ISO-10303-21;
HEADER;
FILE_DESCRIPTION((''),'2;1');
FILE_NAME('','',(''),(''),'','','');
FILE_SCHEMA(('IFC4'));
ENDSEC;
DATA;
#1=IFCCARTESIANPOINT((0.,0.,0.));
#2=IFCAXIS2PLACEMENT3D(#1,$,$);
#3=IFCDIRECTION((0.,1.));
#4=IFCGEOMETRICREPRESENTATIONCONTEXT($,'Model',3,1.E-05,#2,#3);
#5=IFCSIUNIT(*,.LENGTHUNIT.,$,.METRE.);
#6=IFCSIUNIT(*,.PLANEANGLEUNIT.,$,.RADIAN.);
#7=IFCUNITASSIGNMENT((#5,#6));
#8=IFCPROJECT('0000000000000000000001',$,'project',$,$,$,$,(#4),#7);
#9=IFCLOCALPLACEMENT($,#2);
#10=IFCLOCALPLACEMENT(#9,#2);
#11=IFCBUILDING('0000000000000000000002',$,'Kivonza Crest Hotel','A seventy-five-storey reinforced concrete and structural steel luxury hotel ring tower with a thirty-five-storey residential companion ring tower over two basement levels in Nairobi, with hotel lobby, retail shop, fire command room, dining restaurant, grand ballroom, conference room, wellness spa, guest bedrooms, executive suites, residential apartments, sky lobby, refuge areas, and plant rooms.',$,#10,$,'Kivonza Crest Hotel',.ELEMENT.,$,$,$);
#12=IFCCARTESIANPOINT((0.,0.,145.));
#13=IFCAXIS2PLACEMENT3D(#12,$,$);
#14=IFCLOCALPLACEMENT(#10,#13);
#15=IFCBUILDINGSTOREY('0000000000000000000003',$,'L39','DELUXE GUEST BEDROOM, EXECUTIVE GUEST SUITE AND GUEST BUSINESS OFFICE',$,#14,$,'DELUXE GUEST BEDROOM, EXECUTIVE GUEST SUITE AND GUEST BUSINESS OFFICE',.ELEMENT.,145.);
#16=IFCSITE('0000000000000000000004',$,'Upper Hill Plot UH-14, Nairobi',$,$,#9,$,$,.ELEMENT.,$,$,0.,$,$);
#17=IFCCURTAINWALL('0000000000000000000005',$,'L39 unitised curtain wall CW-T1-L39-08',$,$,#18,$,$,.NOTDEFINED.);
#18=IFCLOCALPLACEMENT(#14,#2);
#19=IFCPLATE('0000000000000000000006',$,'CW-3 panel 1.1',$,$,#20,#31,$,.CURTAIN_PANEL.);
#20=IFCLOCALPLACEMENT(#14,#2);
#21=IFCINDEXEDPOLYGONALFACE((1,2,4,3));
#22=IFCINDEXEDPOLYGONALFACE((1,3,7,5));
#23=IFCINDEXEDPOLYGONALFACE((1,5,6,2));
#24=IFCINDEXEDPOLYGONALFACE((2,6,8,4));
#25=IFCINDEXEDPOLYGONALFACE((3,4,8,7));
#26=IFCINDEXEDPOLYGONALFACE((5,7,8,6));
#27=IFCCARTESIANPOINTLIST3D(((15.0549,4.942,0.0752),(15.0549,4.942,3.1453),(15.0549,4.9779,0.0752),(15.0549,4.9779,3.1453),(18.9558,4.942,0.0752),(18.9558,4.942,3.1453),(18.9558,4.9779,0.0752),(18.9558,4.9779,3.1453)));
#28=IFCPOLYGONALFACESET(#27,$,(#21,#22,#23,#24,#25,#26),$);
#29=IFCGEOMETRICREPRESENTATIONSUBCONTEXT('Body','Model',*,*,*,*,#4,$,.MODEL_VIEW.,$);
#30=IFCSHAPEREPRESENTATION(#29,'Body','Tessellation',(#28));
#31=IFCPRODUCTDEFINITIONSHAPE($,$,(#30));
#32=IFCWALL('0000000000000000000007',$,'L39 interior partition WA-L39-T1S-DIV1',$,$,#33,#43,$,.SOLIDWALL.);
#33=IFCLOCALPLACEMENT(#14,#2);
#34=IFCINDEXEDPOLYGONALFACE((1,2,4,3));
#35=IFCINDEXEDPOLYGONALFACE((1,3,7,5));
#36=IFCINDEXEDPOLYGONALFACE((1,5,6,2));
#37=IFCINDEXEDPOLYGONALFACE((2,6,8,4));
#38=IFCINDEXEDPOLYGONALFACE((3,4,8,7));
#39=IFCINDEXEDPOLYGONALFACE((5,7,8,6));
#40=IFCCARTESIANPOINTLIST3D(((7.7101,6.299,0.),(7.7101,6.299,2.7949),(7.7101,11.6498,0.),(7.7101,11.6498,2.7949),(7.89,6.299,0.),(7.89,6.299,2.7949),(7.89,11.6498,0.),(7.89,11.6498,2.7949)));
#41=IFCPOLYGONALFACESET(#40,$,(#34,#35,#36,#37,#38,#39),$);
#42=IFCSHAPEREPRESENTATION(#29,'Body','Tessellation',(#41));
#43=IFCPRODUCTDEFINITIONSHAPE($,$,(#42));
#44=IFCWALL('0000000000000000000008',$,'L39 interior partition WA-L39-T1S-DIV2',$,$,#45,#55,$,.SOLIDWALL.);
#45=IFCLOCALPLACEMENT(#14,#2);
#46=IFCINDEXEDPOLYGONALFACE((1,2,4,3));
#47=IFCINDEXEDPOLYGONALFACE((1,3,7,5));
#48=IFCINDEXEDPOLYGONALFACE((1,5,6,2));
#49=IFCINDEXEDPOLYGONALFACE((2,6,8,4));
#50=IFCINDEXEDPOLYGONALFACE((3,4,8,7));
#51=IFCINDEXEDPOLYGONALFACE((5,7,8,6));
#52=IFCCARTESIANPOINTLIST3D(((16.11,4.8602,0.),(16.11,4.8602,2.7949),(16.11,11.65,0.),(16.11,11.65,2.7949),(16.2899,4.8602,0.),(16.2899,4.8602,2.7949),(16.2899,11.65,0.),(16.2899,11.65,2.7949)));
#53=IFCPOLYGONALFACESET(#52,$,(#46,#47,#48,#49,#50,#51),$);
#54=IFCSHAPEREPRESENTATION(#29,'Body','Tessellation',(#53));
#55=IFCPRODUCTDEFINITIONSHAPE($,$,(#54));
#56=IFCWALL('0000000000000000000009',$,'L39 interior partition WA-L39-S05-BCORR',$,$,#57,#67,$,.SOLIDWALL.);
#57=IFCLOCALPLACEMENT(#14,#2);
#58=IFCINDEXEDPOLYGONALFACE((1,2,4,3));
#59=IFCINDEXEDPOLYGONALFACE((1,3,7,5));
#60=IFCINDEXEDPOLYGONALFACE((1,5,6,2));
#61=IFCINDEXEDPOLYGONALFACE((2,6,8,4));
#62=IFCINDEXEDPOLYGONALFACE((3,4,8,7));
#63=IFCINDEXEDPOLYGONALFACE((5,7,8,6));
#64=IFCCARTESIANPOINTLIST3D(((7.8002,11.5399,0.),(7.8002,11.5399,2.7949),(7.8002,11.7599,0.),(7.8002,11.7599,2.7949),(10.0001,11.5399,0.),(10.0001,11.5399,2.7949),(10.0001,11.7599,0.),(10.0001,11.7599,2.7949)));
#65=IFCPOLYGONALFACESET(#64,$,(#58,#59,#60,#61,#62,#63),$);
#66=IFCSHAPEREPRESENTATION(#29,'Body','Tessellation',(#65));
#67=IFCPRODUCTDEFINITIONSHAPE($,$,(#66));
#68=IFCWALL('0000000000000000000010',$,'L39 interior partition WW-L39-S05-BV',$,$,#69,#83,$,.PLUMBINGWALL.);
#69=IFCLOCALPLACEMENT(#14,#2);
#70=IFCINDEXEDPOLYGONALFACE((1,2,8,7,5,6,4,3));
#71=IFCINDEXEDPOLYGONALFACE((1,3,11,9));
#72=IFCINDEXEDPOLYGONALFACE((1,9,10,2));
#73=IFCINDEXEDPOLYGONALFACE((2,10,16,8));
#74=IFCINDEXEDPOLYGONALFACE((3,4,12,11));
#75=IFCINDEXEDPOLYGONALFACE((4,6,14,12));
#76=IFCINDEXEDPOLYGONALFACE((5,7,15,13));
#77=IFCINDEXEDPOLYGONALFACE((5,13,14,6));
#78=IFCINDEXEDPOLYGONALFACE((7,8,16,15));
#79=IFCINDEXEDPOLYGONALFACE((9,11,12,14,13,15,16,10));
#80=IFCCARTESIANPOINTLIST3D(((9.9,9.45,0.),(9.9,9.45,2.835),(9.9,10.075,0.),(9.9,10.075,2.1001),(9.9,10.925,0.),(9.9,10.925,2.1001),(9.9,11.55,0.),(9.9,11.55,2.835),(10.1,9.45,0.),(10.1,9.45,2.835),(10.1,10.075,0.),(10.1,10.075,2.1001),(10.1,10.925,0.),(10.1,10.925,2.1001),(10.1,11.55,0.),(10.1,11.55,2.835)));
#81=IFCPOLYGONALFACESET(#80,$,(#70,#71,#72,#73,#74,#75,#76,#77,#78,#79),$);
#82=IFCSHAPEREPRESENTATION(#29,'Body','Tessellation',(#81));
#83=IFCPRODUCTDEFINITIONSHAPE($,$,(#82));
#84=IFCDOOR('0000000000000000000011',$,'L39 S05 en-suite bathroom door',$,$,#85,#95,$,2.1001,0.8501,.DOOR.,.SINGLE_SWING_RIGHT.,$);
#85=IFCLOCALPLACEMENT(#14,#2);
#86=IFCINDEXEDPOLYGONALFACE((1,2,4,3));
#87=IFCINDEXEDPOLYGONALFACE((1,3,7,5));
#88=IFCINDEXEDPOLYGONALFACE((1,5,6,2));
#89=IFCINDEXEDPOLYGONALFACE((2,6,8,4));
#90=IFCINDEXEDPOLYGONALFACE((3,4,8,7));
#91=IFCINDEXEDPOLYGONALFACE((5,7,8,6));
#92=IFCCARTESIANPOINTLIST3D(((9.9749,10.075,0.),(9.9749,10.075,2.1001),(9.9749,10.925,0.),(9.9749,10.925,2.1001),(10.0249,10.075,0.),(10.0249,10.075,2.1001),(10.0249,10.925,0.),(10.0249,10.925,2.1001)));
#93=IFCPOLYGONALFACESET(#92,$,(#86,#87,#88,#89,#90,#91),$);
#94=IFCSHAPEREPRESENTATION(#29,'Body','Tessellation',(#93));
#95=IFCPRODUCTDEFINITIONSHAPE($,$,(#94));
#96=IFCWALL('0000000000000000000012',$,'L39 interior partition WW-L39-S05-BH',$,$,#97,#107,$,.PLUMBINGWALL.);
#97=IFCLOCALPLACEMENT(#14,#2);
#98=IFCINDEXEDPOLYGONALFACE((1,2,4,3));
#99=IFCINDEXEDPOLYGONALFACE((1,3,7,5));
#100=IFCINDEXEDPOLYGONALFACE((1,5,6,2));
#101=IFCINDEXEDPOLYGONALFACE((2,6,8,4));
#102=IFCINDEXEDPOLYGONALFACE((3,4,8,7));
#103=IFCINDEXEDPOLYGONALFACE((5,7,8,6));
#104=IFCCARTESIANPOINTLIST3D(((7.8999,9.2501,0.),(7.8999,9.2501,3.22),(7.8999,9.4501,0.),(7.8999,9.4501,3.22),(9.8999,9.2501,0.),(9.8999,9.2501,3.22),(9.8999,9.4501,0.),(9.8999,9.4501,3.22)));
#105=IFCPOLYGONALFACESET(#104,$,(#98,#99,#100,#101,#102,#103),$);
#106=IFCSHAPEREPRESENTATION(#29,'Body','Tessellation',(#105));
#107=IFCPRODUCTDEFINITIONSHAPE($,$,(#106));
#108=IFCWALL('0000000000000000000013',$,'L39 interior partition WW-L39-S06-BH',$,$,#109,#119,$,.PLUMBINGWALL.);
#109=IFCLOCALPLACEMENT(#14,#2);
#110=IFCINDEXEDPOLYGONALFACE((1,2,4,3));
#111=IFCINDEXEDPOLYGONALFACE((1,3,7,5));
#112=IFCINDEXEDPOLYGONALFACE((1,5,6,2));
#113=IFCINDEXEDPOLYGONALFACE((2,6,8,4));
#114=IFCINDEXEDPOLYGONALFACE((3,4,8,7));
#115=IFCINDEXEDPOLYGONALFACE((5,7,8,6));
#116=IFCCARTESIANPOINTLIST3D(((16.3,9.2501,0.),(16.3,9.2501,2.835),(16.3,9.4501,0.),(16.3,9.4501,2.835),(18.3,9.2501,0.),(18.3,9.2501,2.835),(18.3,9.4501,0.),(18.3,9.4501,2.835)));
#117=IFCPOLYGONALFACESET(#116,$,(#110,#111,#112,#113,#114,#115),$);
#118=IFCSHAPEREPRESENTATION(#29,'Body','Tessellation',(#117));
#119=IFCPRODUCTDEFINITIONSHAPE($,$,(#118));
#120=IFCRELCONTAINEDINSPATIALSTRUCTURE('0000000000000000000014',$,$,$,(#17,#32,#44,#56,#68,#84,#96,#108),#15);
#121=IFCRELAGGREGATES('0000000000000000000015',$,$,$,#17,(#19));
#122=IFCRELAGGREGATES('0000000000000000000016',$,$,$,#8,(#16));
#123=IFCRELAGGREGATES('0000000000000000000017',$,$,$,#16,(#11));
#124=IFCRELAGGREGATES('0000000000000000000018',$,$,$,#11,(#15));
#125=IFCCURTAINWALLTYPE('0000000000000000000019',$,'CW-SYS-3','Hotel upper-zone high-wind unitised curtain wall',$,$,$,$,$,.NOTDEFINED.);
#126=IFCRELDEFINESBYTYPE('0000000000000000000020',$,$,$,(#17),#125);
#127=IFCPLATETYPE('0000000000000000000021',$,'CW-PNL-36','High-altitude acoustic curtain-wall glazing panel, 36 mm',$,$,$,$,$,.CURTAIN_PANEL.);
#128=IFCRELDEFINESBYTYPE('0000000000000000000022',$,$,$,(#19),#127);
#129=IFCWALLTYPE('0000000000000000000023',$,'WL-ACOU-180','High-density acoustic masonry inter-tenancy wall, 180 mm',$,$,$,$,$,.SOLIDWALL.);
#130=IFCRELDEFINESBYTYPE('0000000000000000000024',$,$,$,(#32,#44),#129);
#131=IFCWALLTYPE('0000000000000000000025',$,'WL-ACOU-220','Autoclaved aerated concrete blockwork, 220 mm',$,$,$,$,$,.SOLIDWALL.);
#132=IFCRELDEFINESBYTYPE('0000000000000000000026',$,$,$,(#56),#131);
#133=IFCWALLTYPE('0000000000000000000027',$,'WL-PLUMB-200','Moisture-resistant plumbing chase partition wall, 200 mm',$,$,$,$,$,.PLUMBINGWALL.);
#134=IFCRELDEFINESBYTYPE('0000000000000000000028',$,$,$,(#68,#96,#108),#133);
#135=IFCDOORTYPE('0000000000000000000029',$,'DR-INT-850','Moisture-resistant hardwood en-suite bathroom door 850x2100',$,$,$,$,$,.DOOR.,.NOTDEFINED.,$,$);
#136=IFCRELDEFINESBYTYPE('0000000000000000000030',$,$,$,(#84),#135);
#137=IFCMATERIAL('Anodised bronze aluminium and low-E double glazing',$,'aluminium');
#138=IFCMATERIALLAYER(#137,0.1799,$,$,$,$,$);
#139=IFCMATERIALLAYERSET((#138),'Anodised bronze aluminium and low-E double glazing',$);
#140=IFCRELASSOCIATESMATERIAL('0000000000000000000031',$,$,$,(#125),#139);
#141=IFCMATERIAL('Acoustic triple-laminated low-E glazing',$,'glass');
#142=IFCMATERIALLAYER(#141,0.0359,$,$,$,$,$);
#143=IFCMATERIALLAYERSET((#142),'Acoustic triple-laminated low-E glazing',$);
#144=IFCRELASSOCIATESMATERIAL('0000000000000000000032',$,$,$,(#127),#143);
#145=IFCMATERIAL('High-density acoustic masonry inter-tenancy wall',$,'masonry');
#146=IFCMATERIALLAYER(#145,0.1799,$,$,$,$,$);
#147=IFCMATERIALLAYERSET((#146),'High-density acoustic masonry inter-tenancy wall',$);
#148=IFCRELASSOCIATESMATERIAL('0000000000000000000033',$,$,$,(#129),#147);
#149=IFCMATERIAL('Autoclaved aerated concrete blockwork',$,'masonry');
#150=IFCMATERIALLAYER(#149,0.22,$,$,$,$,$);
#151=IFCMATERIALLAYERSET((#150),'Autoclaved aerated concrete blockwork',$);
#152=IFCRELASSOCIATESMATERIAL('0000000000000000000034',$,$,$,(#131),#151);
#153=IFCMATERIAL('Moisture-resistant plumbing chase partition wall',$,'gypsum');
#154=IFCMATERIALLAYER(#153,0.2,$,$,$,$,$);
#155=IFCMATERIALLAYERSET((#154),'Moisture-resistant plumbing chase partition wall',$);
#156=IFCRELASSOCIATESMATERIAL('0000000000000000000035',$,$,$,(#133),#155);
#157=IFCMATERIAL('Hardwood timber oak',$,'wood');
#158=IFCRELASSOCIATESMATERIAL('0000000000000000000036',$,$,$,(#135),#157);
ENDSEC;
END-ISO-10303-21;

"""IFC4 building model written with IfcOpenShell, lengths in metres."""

from ifc_helpers import new_model, si_unit, direction, frame, frame_2d, origin, origin_2d, place, context, subcontext, project, spatial, rectangle, extrude, material, layer, layer_set, type_object, element, fill, aggregate, save


model = new_model("IFC4")

# Units and contexts
model_context = context("Model", 3, precision=1e-05, world=origin(), true_north=direction((0.0, 1.0)))
body_context = subcontext(model_context, "Body", "Model", "MODEL_VIEW")
ifc_project = project(units=[si_unit("LENGTHUNIT", "METRE"), si_unit("PLANEANGLEUNIT", "RADIAN")], contexts=[model_context])

# Site, building, storey
site_placement = place(None, origin())
site = spatial("IfcSite", under=ifc_project, at=site_placement, Name="Upper Hill Plot UH-14, Nairobi", CompositionType="ELEMENT", RefElevation=0.0)
building_placement = place(site_placement, origin())
building = spatial("IfcBuilding", under=site, at=building_placement, Name="Kivonza Crest Hotel", Description="A seventy-five-storey reinforced concrete and structural steel luxury hotel ring tower with a thirty-five-storey residential companion ring tower over two basement levels in Nairobi, with hotel lobby, retail shop, fire command room, dining restaurant, grand ballroom, conference room, wellness spa, guest bedrooms, executive suites, residential apartments, sky lobby, refuge areas, and plant rooms.", LongName="Kivonza Crest Hotel", CompositionType="ELEMENT")
storey_placement = place(building_placement, frame((0.0, 0.0, 145.0)))
storey = spatial("IfcBuildingStorey", under=building, at=storey_placement, Name="L39", Description="DELUXE GUEST BEDROOM, EXECUTIVE GUEST SUITE AND GUEST BUSINESS OFFICE", LongName="DELUXE GUEST BEDROOM, EXECUTIVE GUEST SUITE AND GUEST BUSINESS OFFICE", CompositionType="ELEMENT", Elevation=145.0)

# Curtain wall, plate
ifc_material_1 = material(Name="Anodised bronze aluminium and low-E double glazing", Category="aluminium")
ifc_layer_1 = layer(ifc_material_1, 0.1799)
ifc_layer_set_1 = layer_set([ifc_layer_1], Name="Anodised bronze aluminium and low-E double glazing")
curtain_wall_type = type_object("IfcCurtainWallType", Name="CW-SYS-3", Description="Hotel upper-zone high-wind unitised curtain wall", PredefinedType="NOTDEFINED", material=ifc_layer_set_1)
curtain_wall_placement = place(storey_placement, origin())
curtain_wall = element("IfcCurtainWall", 1, at=curtain_wall_placement, inside=storey, type_object=curtain_wall_type, Name="L39 unitised curtain wall CW-T1-L39-08", PredefinedType="NOTDEFINED")
ifc_material_2 = material(Name="Acoustic triple-laminated low-E glazing", Category="glass")
ifc_layer_2 = layer(ifc_material_2, 0.0359)
ifc_layer_set_2 = layer_set([ifc_layer_2], Name="Acoustic triple-laminated low-E glazing")
plate_type = type_object("IfcPlateType", Name="CW-PNL-36", Description="High-altitude acoustic curtain-wall glazing panel, 36 mm", PredefinedType="CURTAIN_PANEL", material=ifc_layer_set_2)
plate_placement = place(storey_placement, frame((17.0054, 4.96, 0.0752), z_axis=(0.0, 0.0, 1.0), x_axis=(1.0, 0.0, 0.0)))
plate = element("IfcPlate", 2, at=plate_placement, type_object=plate_type, Name="CW-3 panel 1.1", PredefinedType="CURTAIN_PANEL", context=body_context, shape_type="SweptSolid", body=[
    extrude(rectangle(XDim=3.9009, YDim=0.0359, at=origin_2d()), origin(), (0.0, 0.0, 1.0), 3.0701),
])
aggregate(curtain_wall, [plate])

# Walls
ifc_material_3 = material(Name="High-density acoustic masonry inter-tenancy wall", Category="masonry")
ifc_layer_3 = layer(ifc_material_3, 0.1799)
ifc_layer_set_3 = layer_set([ifc_layer_3], Name="High-density acoustic masonry inter-tenancy wall")
wall_type_1 = type_object("IfcWallType", Name="WL-ACOU-180", Description="High-density acoustic masonry inter-tenancy wall, 180 mm", PredefinedType="SOLIDWALL", material=ifc_layer_set_3)
wall_1_placement = place(storey_placement, frame((7.8, 6.2991, 0.0), z_axis=(0.0, 0.0, 1.0), x_axis=(0.0, 1.0, 0.0)))
element("IfcWall", 3, at=wall_1_placement, inside=storey, type_object=wall_type_1, Name="L39 interior partition WA-L39-T1S-DIV1", PredefinedType="SOLIDWALL", context=body_context, shape_type="SweptSolid", body=[
    extrude(rectangle(XDim=5.3508, YDim=0.1799, at=frame_2d((2.6753, 0.0))), origin(), (0.0, 0.0, 1.0), 2.7949),
])
wall_2_placement = place(storey_placement, frame((16.2, 4.8601, 0.0), z_axis=(0.0, 0.0, 1.0), x_axis=(0.0, 1.0, 0.0)))
element("IfcWall", 4, at=wall_2_placement, inside=storey, type_object=wall_type_1, Name="L39 interior partition WA-L39-T1S-DIV2", PredefinedType="SOLIDWALL", context=body_context, shape_type="SweptSolid", body=[
    extrude(rectangle(XDim=6.7898, YDim=0.1799, at=frame_2d((3.395, 0.0))), origin(), (0.0, 0.0, 1.0), 2.7949),
])
ifc_material_4 = material(Name="Autoclaved aerated concrete blockwork", Category="masonry")
ifc_layer_4 = layer(ifc_material_4, 0.22)
ifc_layer_set_4 = layer_set([ifc_layer_4], Name="Autoclaved aerated concrete blockwork")
wall_type_2 = type_object("IfcWallType", Name="WL-ACOU-220", Description="Autoclaved aerated concrete blockwork, 220 mm", PredefinedType="SOLIDWALL", material=ifc_layer_set_4)
wall_3_placement = place(storey_placement, frame((7.8, 11.6499, 0.0), z_axis=(0.0, 0.0, 1.0), x_axis=(1.0, 0.0, 0.0)))
element("IfcWall", 5, at=wall_3_placement, inside=storey, type_object=wall_type_2, Name="L39 interior partition WA-L39-S05-BCORR", PredefinedType="SOLIDWALL", context=body_context, shape_type="SweptSolid", body=[
    extrude(rectangle(XDim=2.2, YDim=0.22, at=frame_2d((1.1001, 0.0))), origin(), (0.0, 0.0, 1.0), 2.7949),
])

# Wall, opening, door
ifc_material_5 = material(Name="Moisture-resistant plumbing chase partition wall", Category="gypsum")
ifc_layer_5 = layer(ifc_material_5, 0.2)
ifc_layer_set_5 = layer_set([ifc_layer_5], Name="Moisture-resistant plumbing chase partition wall")
wall_type_3 = type_object("IfcWallType", Name="WL-PLUMB-200", Description="Moisture-resistant plumbing chase partition wall, 200 mm", PredefinedType="PLUMBINGWALL", material=ifc_layer_set_5)
wall_4_placement = place(storey_placement, frame((10.0, 9.45, 0.0), z_axis=(0.0, 0.0, 1.0), x_axis=(0.0, 1.0, 0.0)))
wall_4 = element("IfcWall", 6, at=wall_4_placement, inside=storey, type_object=wall_type_3, Name="L39 interior partition WW-L39-S05-BV", PredefinedType="PLUMBINGWALL", context=body_context, shape_type="SweptSolid", body=[
    extrude(rectangle(XDim=2.1001, YDim=0.2, at=frame_2d((1.05, 0.0))), origin(), (0.0, 0.0, 1.0), 2.835),
])
opening_placement = place(wall_4_placement, frame((0.625, 0.0, 0.0)))
opening = element("IfcOpeningElement", 7, at=opening_placement, cuts=wall_4, PredefinedType="OPENING", context=body_context, shape_type="SweptSolid", body=[
    extrude(rectangle(XDim=0.8501, YDim=2.1001, at=frame_2d((0.425, 1.05))), frame((0.0, 0.1099, 0.0), z_axis=(0.0, -1.0, 0.0), x_axis=(1.0, 0.0, 0.0)), (0.0, 0.0, 1.0), 0.22),
])
ifc_material_6 = material(Name="Hardwood timber oak", Category="wood")
door_type = type_object("IfcDoorType", Name="DR-INT-850", Description="Moisture-resistant hardwood en-suite bathroom door 850x2100", OperationType="NOTDEFINED", PredefinedType="DOOR", material=ifc_material_6)
door_placement = place(opening_placement, frame((0.8501, 0.0, 0.0), z_axis=(0.0, 0.0, 1.0), x_axis=(-1.0, 0.0, 0.0)))
door = element("IfcDoor", 8, at=door_placement, inside=storey, type_object=door_type, Name="L39 S05 en-suite bathroom door", OperationType="SINGLE_SWING_RIGHT", OverallHeight=2.1001, OverallWidth=0.8501, PredefinedType="DOOR", context=body_context, shape_type="SweptSolid", body=[
    extrude(rectangle(XDim=0.8501, YDim=2.1001, at=frame_2d((0.425, 1.05))), frame((0.0, 0.0249, 0.0), z_axis=(0.0, -1.0, 0.0), x_axis=(1.0, 0.0, 0.0)), (0.0, 0.0, 1.0), 0.05),
])
fill(opening, door)

# Walls
wall_5_placement = place(storey_placement, frame((7.8999, 9.3501, 0.0), z_axis=(0.0, 0.0, 1.0), x_axis=(1.0, 0.0, 0.0)))
element("IfcWall", 9, at=wall_5_placement, inside=storey, type_object=wall_type_3, Name="L39 interior partition WW-L39-S05-BH", PredefinedType="PLUMBINGWALL", context=body_context, shape_type="SweptSolid", body=[
    extrude(rectangle(XDim=2.0, YDim=0.2, at=frame_2d((1.0, 0.0))), origin(), (0.0, 0.0, 1.0), 3.22),
])
wall_6_placement = place(storey_placement, frame((16.3, 9.3501, 0.0), z_axis=(0.0, 0.0, 1.0), x_axis=(1.0, 0.0, 0.0)))
element("IfcWall", 10, at=wall_6_placement, inside=storey, type_object=wall_type_3, Name="L39 interior partition WW-L39-S06-BH", PredefinedType="PLUMBINGWALL", context=body_context, shape_type="SweptSolid", body=[
    extrude(rectangle(XDim=2.0, YDim=0.2, at=frame_2d((1.0, 0.0))), origin(), (0.0, 0.0, 1.0), 2.835),
])

save(model, "model.ifc")
